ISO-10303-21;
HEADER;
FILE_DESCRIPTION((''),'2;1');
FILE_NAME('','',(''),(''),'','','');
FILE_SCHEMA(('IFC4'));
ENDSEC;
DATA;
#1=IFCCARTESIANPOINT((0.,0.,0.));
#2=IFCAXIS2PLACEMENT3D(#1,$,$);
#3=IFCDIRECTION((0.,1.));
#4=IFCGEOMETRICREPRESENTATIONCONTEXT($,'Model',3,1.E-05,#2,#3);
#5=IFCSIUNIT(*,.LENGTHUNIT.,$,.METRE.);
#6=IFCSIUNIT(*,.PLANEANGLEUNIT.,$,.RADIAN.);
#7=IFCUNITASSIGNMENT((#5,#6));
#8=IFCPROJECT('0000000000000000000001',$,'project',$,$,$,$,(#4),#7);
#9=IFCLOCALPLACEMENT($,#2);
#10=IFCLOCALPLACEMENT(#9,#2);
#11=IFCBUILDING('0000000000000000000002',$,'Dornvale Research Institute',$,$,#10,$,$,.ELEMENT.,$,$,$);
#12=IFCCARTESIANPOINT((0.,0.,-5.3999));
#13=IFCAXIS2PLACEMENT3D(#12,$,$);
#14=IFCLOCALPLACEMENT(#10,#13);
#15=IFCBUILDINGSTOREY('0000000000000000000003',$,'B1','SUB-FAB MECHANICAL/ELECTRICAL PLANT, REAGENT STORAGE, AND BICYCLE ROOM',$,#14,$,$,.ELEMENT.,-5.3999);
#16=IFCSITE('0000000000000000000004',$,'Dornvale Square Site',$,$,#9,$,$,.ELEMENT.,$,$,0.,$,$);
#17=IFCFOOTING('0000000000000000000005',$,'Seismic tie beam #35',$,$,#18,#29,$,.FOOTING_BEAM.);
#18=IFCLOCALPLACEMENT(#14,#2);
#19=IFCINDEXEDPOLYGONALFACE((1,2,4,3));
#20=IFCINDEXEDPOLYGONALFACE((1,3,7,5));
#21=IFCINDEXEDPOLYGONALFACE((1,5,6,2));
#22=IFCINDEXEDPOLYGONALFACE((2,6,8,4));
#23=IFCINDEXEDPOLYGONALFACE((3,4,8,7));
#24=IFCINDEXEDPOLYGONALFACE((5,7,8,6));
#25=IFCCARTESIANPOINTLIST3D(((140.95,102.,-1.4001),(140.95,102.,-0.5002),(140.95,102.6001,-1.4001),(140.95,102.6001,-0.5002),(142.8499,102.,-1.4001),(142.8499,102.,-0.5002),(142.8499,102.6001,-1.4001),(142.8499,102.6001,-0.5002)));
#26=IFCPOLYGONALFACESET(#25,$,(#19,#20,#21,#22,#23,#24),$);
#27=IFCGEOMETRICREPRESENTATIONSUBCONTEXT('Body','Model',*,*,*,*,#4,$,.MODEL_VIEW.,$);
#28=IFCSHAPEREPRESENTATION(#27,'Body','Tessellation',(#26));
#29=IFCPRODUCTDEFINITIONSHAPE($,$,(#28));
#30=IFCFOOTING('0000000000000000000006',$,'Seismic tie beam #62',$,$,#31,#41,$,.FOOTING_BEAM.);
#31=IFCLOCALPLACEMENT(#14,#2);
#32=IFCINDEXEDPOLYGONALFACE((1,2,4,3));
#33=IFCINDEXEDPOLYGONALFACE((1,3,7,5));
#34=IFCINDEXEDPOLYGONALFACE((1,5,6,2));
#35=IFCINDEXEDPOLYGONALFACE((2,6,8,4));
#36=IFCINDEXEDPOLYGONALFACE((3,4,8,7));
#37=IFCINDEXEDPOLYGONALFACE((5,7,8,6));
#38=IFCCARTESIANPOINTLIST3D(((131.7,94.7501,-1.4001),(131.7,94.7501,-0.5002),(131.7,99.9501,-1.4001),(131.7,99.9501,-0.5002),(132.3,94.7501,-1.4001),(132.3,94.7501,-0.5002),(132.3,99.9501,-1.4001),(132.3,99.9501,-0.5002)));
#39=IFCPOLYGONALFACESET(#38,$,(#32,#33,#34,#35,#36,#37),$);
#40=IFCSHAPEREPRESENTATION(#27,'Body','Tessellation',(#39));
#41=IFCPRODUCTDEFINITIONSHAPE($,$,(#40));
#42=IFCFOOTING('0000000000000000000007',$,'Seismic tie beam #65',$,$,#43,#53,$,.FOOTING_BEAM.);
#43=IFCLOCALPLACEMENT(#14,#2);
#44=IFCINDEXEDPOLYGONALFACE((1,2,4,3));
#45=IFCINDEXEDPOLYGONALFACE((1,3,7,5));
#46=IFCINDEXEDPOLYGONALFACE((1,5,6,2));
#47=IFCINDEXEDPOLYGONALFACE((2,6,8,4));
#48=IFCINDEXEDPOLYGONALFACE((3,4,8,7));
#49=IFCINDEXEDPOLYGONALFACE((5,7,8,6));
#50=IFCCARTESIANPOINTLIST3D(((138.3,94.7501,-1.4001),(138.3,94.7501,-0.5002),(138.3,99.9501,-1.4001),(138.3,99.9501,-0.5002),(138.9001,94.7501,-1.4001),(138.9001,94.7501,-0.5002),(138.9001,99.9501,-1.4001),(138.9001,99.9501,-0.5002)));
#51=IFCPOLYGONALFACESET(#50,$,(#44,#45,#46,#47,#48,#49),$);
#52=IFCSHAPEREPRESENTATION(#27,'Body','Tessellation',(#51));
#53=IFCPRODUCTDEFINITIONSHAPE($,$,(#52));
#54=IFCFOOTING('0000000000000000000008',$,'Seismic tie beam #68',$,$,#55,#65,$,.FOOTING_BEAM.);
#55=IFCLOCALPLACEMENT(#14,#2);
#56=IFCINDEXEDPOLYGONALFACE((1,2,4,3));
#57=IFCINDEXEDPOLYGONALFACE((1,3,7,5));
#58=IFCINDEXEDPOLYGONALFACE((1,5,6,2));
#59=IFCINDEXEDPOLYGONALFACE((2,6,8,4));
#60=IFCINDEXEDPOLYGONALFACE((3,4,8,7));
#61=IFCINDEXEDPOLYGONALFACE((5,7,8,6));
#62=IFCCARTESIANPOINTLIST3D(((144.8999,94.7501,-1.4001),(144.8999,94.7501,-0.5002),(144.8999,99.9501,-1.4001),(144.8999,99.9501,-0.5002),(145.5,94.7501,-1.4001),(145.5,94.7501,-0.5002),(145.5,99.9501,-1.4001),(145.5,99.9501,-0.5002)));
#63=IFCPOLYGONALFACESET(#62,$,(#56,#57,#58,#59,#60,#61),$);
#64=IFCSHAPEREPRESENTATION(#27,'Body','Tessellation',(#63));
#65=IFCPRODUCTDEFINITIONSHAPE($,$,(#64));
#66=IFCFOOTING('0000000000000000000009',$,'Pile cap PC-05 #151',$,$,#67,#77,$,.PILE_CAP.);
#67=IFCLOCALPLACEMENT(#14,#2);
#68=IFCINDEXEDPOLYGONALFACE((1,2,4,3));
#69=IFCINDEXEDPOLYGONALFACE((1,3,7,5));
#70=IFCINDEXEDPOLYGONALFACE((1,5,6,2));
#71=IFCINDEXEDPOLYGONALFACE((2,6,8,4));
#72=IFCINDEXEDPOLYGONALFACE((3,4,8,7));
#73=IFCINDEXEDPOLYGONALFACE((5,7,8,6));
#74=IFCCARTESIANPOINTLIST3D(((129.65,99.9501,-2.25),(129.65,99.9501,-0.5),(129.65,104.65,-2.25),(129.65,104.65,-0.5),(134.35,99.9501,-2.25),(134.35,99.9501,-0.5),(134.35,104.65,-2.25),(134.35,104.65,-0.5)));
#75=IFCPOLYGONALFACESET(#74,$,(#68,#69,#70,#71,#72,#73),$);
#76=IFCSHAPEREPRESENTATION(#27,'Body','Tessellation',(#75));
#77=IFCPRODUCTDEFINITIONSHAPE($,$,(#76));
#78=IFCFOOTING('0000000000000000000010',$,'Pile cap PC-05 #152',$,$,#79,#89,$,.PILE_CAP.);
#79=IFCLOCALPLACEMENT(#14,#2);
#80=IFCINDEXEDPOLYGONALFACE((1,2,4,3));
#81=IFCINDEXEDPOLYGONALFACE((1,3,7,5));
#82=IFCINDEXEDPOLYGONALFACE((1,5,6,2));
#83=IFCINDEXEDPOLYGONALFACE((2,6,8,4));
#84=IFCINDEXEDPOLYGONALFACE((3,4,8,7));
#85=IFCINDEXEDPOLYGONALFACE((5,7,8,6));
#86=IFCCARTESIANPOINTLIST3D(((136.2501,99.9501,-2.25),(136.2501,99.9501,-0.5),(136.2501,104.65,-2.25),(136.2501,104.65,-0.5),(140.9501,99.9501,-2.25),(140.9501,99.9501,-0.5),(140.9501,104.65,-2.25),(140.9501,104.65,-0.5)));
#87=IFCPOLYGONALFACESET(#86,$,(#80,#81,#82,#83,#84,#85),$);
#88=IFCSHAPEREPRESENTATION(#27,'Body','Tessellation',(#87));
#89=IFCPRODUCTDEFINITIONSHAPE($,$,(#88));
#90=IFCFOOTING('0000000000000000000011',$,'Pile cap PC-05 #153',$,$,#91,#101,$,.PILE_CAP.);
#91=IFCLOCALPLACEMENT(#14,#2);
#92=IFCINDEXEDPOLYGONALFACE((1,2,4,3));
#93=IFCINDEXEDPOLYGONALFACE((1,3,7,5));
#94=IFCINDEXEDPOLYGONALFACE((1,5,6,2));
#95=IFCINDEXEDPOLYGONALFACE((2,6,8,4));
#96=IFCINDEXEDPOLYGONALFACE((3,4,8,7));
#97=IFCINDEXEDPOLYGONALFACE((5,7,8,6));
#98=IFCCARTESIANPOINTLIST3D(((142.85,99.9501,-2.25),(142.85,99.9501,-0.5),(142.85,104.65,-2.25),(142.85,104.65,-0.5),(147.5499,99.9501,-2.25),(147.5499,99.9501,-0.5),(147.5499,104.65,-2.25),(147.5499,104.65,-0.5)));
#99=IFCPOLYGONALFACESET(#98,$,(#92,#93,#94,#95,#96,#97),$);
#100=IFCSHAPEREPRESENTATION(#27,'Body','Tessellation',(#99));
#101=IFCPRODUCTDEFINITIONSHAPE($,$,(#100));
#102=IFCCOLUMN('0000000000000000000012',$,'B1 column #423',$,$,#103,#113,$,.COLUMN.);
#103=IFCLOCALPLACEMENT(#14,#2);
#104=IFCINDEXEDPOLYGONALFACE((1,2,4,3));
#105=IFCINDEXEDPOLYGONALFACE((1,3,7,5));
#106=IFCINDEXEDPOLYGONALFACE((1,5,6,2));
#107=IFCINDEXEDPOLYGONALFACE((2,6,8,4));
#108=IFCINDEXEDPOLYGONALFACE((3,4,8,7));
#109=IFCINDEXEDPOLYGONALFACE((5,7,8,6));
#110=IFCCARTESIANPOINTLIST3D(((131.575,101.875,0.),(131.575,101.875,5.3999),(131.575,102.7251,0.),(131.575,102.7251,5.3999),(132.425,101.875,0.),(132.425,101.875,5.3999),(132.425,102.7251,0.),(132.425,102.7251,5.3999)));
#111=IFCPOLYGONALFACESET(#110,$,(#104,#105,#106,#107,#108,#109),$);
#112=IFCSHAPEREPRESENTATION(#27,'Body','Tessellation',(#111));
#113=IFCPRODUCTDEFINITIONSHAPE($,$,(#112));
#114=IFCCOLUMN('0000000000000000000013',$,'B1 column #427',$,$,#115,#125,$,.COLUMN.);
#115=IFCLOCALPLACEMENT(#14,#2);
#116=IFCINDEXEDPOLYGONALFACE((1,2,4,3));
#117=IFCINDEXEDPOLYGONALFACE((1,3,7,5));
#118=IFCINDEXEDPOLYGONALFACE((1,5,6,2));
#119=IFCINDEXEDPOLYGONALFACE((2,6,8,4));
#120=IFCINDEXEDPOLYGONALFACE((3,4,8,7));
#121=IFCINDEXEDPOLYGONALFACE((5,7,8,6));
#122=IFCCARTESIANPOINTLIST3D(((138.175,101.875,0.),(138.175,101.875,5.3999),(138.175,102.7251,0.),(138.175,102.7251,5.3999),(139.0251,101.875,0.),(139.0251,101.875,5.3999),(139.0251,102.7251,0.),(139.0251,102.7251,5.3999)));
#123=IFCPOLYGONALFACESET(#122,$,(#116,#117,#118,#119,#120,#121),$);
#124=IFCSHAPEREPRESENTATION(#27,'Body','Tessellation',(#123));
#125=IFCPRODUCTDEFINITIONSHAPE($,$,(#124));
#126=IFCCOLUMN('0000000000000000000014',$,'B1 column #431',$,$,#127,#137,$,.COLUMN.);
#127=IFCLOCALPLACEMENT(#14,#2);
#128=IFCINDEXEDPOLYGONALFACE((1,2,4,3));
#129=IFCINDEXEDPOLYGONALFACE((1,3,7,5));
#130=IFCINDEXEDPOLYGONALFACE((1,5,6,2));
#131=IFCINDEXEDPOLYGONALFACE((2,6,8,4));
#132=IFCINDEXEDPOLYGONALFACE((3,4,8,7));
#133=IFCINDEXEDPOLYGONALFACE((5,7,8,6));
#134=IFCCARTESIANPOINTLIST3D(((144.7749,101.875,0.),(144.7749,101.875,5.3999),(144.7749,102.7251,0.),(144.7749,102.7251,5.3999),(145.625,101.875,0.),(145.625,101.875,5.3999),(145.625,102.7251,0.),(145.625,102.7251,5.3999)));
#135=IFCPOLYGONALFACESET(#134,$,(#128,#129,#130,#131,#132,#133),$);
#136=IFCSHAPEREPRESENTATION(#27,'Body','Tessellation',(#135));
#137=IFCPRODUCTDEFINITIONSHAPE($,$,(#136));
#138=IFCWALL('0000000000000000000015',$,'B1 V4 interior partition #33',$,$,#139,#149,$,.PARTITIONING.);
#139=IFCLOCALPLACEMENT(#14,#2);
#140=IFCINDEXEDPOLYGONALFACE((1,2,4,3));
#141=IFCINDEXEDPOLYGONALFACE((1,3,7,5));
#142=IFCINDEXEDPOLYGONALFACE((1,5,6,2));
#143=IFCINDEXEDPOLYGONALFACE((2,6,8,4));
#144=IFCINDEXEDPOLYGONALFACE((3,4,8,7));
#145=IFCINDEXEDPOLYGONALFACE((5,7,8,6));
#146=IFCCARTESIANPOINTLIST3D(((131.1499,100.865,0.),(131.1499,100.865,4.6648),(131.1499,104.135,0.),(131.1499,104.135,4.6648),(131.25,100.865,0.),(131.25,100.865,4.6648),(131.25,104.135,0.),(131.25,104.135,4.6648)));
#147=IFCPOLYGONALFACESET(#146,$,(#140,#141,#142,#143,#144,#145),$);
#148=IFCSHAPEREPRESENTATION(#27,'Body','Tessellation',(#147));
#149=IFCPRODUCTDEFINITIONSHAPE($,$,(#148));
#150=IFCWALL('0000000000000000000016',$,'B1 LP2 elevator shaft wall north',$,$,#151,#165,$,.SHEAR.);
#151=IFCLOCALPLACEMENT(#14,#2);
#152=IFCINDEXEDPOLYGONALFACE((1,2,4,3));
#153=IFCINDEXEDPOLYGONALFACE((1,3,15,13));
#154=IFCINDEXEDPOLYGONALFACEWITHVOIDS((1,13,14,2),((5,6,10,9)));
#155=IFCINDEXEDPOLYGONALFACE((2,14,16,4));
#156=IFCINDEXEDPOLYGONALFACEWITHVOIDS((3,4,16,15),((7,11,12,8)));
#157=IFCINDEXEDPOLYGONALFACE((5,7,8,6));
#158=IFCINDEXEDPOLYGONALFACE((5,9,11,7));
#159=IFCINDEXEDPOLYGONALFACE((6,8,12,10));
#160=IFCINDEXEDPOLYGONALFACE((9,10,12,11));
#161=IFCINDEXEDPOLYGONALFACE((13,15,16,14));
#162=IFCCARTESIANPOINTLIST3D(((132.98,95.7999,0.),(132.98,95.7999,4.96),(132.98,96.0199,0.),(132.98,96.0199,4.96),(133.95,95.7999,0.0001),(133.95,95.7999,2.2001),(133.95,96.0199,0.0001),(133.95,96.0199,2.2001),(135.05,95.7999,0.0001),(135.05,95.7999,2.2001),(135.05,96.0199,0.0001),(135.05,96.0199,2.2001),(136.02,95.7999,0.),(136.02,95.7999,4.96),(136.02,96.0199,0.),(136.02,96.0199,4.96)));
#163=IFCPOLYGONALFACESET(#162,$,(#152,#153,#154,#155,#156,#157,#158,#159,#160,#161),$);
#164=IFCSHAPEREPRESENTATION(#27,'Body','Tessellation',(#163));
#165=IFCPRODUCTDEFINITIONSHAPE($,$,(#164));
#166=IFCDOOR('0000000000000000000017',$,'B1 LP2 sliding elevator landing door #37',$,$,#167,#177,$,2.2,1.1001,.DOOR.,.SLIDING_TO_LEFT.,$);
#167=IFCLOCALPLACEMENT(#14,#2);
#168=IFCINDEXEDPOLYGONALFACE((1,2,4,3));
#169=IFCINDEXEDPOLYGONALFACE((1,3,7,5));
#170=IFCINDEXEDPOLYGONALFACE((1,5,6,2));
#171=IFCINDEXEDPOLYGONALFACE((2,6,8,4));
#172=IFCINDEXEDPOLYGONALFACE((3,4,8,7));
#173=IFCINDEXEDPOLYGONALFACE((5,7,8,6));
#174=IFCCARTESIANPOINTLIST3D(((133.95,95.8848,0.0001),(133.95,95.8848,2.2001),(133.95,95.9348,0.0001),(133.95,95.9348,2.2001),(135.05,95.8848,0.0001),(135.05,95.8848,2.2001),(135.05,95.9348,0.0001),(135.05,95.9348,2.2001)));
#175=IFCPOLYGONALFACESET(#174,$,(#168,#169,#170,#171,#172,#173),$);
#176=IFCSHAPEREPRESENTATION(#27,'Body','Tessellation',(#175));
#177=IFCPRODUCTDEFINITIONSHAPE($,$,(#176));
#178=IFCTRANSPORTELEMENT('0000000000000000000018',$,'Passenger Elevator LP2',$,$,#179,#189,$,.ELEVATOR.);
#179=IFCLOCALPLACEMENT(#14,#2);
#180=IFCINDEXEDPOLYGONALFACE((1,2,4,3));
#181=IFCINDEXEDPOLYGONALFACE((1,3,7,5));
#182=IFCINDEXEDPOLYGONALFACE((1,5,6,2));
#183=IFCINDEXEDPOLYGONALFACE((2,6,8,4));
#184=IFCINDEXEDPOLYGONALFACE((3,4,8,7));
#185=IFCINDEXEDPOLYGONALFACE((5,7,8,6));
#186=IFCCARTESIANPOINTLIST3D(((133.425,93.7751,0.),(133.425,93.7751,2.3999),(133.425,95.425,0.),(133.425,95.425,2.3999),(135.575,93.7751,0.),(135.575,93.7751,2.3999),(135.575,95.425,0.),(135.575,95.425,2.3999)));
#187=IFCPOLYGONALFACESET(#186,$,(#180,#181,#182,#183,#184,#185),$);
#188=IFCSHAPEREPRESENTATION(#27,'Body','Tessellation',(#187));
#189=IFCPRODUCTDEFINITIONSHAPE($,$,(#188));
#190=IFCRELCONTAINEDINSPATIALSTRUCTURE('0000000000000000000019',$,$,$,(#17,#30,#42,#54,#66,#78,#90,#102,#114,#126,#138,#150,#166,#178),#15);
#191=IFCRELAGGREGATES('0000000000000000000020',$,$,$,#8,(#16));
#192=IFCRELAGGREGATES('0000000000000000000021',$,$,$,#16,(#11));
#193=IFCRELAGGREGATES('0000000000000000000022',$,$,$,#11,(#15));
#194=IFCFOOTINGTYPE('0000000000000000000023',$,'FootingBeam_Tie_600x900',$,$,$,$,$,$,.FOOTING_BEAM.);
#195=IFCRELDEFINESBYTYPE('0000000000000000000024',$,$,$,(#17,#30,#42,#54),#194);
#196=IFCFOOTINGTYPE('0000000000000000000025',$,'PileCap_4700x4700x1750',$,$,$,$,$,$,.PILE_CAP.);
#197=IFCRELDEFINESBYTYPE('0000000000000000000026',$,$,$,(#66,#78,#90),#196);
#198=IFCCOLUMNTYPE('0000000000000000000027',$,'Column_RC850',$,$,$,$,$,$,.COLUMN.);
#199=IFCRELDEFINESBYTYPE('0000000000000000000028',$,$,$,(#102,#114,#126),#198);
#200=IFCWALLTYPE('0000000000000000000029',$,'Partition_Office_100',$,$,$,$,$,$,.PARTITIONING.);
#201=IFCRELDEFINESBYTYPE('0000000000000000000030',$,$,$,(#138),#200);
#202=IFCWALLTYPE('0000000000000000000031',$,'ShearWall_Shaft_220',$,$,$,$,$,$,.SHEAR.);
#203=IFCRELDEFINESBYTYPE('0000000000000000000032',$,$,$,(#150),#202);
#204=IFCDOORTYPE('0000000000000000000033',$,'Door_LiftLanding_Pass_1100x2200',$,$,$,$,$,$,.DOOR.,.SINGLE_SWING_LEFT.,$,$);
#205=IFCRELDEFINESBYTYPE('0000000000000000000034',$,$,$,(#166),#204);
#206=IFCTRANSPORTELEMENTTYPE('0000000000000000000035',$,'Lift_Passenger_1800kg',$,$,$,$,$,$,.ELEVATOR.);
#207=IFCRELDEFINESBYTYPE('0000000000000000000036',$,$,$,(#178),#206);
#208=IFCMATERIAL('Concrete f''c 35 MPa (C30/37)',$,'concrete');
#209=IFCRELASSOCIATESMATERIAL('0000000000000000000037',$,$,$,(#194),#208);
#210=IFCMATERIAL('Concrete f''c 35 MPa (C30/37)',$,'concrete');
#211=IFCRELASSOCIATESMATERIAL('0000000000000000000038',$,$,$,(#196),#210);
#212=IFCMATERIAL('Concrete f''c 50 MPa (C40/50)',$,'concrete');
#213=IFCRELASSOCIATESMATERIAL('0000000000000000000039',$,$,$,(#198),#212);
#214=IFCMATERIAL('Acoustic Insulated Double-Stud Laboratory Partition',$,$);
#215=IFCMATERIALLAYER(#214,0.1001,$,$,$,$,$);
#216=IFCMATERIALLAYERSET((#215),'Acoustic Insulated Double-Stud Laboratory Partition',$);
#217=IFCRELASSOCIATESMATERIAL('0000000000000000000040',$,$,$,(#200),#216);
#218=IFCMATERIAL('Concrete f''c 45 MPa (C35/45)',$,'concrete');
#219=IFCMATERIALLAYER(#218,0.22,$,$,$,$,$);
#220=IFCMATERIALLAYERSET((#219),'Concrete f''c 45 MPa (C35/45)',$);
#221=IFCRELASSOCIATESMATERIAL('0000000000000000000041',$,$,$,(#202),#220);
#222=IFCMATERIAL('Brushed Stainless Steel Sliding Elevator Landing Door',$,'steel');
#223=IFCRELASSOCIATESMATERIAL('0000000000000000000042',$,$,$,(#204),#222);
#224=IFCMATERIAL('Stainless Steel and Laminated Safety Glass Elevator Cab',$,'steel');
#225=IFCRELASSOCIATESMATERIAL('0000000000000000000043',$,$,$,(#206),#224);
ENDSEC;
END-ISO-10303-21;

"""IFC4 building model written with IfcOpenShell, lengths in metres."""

from ifc_helpers import new_model, si_unit, direction, frame, frame_2d, origin, origin_2d, place, context, subcontext, project, spatial, rectangle, extrude, material, layer, layer_set, material_profile, profile_set, type_object, element, fill, save


model = new_model("IFC4")

# Units and contexts
model_context = context("Model", 3, precision=1e-05, world=origin(), true_north=direction((0.0, 1.0)))
body_context = subcontext(model_context, "Body", "Model", "MODEL_VIEW")
ifc_project = project(units=[si_unit("LENGTHUNIT", "METRE"), si_unit("PLANEANGLEUNIT", "RADIAN")], contexts=[model_context])

# Site, building, storey
site_placement = place(None, origin())
site = spatial("IfcSite", under=ifc_project, at=site_placement, Name="Dornvale Square Site", CompositionType="ELEMENT", RefElevation=0.0)
building_placement = place(site_placement, origin())
building = spatial("IfcBuilding", under=site, at=building_placement, Name="Dornvale Research Institute", CompositionType="ELEMENT")
storey_placement = place(building_placement, frame((0.0, 0.0, -5.3999)))
storey = spatial("IfcBuildingStorey", under=building, at=storey_placement, Name="B1", Description="SUB-FAB MECHANICAL/ELECTRICAL PLANT, REAGENT STORAGE, AND BICYCLE ROOM", CompositionType="ELEMENT", Elevation=-5.3999)

# Footings
ifc_material_1 = material(Name="Concrete f'c 35 MPa (C30/37)", Category="concrete")
footing_type_1 = type_object("IfcFootingType", Name="FootingBeam_Tie_600x900", PredefinedType="FOOTING_BEAM", material=ifc_material_1)
for number, where, z_axis, x_axis, name in (
    (1, (141.8999, 102.3, -1.4001), (0.0, 0.0, 1.0), (1.0, 0.0, 0.0), "Seismic tie beam #35"),
):
    element("IfcFooting", number, at=place(storey_placement, frame(where, z_axis=z_axis, x_axis=x_axis)), inside=storey, type_object=footing_type_1, Name=name, PredefinedType="FOOTING_BEAM", context=body_context, shape_type="SweptSolid", body=[
        extrude(rectangle(XDim=1.8999, YDim=0.6001, at=origin_2d()), origin(), (0.0, 0.0, 1.0), 0.8999),
    ])
for number, where, z_axis, x_axis, name in (
    (2, (132.0, 97.3501, -1.4001), (0.0, 0.0, 1.0), (0.0, 1.0, 0.0), "Seismic tie beam #62"),
    (3, (138.6001, 97.3501, -1.4001), (0.0, 0.0, 1.0), (0.0, 1.0, 0.0), "Seismic tie beam #65"),
    (4, (145.2, 97.3501, -1.4001), (0.0, 0.0, 1.0), (0.0, 1.0, 0.0), "Seismic tie beam #68"),
):
    element("IfcFooting", number, at=place(storey_placement, frame(where, z_axis=z_axis, x_axis=x_axis)), inside=storey, type_object=footing_type_1, Name=name, PredefinedType="FOOTING_BEAM", context=body_context, shape_type="SweptSolid", body=[
        extrude(rectangle(XDim=5.2, YDim=0.6001, at=origin_2d()), origin(), (0.0, 0.0, 1.0), 0.8999),
    ])
ifc_material_2 = material(Name="Concrete f'c 35 MPa (C30/37)", Category="concrete")
footing_type_2 = type_object("IfcFootingType", Name="PileCap_4700x4700x1750", PredefinedType="PILE_CAP", material=ifc_material_2)
for number, where, z_axis, x_axis, name in (
    (5, (132.0, 102.3, -2.25), (0.0, 0.0, 1.0), (1.0, 0.0, 0.0), "Pile cap PC-05 #151"),
    (6, (138.6001, 102.3, -2.25), (0.0, 0.0, 1.0), (1.0, 0.0, 0.0), "Pile cap PC-05 #152"),
    (7, (145.2, 102.3, -2.25), (0.0, 0.0, 1.0), (1.0, 0.0, 0.0), "Pile cap PC-05 #153"),
):
    element("IfcFooting", number, at=place(storey_placement, frame(where, z_axis=z_axis, x_axis=x_axis)), inside=storey, type_object=footing_type_2, Name=name, PredefinedType="PILE_CAP", context=body_context, shape_type="SweptSolid", body=[
        extrude(rectangle(XDim=4.7, YDim=4.7, at=origin_2d()), origin(), (0.0, 0.0, 1.0), 1.75),
    ])

# Columns
ifc_material_3 = material(Name="Concrete f'c 50 MPa (C40/50)", Category="concrete")
ifc_material_profile_1 = material_profile(ifc_material_3, rectangle(XDim=0.8501, YDim=0.8501, at=origin_2d()), Name="RC 850x850")
ifc_profile_set_1 = profile_set([ifc_material_profile_1], Name="Concrete f'c 50 MPa (C40/50)")
column_type = type_object("IfcColumnType", Name="Column_RC850", PredefinedType="COLUMN", material=ifc_profile_set_1)
for number, where, z_axis, x_axis, name in (
    (8, (132.0, 102.3, 0.0), (0.0, 0.0, 1.0), (1.0, 0.0, 0.0), "B1 column #423"),
    (9, (138.6001, 102.3, 0.0), (0.0, 0.0, 1.0), (1.0, 0.0, 0.0), "B1 column #427"),
    (10, (145.2, 102.3, 0.0), (0.0, 0.0, 1.0), (1.0, 0.0, 0.0), "B1 column #431"),
):
    element("IfcColumn", number, at=place(storey_placement, frame(where, z_axis=z_axis, x_axis=x_axis)), inside=storey, type_object=column_type, Name=name, PredefinedType="COLUMN", context=body_context, shape_type="SweptSolid", body=[
        extrude(rectangle(XDim=0.8501, YDim=0.8501, at=origin_2d()), origin(), (0.0, 0.0, 1.0), 5.3999),
    ])

# Wall
ifc_material_4 = material(Name="Acoustic Insulated Double-Stud Laboratory Partition")
ifc_layer_1 = layer(ifc_material_4, 0.1001)
ifc_layer_set_1 = layer_set([ifc_layer_1], Name="Acoustic Insulated Double-Stud Laboratory Partition")
wall_type_1 = type_object("IfcWallType", Name="Partition_Office_100", PredefinedType="PARTITIONING", material=ifc_layer_set_1)
wall_1_placement = place(storey_placement, frame((131.2, 100.865, 0.0), z_axis=(0.0, 0.0, 1.0), x_axis=(0.0, 1.0, 0.0)))
element("IfcWall", 11, at=wall_1_placement, inside=storey, type_object=wall_type_1, Name="B1 V4 interior partition #33", PredefinedType="PARTITIONING", context=body_context, shape_type="SweptSolid", body=[
    extrude(rectangle(XDim=3.27, YDim=0.1001, at=frame_2d((1.635, 0.0))), origin(), (0.0, 0.0, 1.0), 4.6648),
])

# Wall, opening, door
ifc_material_5 = material(Name="Concrete f'c 45 MPa (C35/45)", Category="concrete")
ifc_layer_2 = layer(ifc_material_5, 0.22)
ifc_layer_set_2 = layer_set([ifc_layer_2], Name="Concrete f'c 45 MPa (C35/45)")
wall_type_2 = type_object("IfcWallType", Name="ShearWall_Shaft_220", PredefinedType="SHEAR", material=ifc_layer_set_2)
wall_2_placement = place(storey_placement, frame((132.98, 95.9099, 0.0), z_axis=(0.0, 0.0, 1.0), x_axis=(1.0, 0.0, 0.0)))
wall_2 = element("IfcWall", 12, at=wall_2_placement, inside=storey, type_object=wall_type_2, Name="B1 LP2 elevator shaft wall north", PredefinedType="SHEAR", context=body_context, shape_type="SweptSolid", body=[
    extrude(rectangle(XDim=3.04, YDim=0.22, at=frame_2d((1.52, 0.0))), origin(), (0.0, 0.0, 1.0), 4.96),
])
opening_placement = place(wall_2_placement, frame((0.97, 0.0, 0.0)))
opening = element("IfcOpeningElement", 13, at=opening_placement, cuts=wall_2, PredefinedType="OPENING", context=body_context, shape_type="SweptSolid", body=[
    extrude(rectangle(XDim=1.1001, YDim=2.2, at=frame_2d((0.55, 1.1001))), frame((0.0, 0.125, 0.0), z_axis=(0.0, -1.0, 0.0), x_axis=(1.0, 0.0, 0.0)), (0.0, 0.0, 1.0), 0.25),
])
ifc_material_6 = material(Name="Brushed Stainless Steel Sliding Elevator Landing Door", Category="steel")
door_type = type_object("IfcDoorType", Name="Door_LiftLanding_Pass_1100x2200", OperationType="SINGLE_SWING_LEFT", PredefinedType="DOOR", material=ifc_material_6)
door_placement = place(opening_placement, origin())
door = element("IfcDoor", 14, at=door_placement, inside=storey, type_object=door_type, Name="B1 LP2 sliding elevator landing door #37", OperationType="SLIDING_TO_LEFT", OverallHeight=2.2, OverallWidth=1.1001, PredefinedType="DOOR", context=body_context, shape_type="SweptSolid", body=[
    extrude(rectangle(XDim=1.1001, YDim=2.2, at=frame_2d((0.55, 1.1001))), frame((0.0, 0.0249, 0.0), z_axis=(0.0, -1.0, 0.0), x_axis=(1.0, 0.0, 0.0)), (0.0, 0.0, 1.0), 0.05),
])
fill(opening, door)

# Transport element
ifc_material_7 = material(Name="Stainless Steel and Laminated Safety Glass Elevator Cab", Category="steel")
transport_element_type = type_object("IfcTransportElementType", Name="Lift_Passenger_1800kg", PredefinedType="ELEVATOR", material=ifc_material_7)
transport_element_placement = place(storey_placement, frame((134.5, 94.6001, 0.0), z_axis=(0.0, 0.0, 1.0), x_axis=(1.0, 0.0, 0.0)))
element("IfcTransportElement", 15, at=transport_element_placement, inside=storey, type_object=transport_element_type, Name="Passenger Elevator LP2", PredefinedType="ELEVATOR", context=body_context, shape_type="SweptSolid", body=[
    extrude(rectangle(XDim=2.1499, YDim=1.6499, at=origin_2d()), origin(), (0.0, 0.0, 1.0), 2.3999),
])

save(model, "model.ifc")
